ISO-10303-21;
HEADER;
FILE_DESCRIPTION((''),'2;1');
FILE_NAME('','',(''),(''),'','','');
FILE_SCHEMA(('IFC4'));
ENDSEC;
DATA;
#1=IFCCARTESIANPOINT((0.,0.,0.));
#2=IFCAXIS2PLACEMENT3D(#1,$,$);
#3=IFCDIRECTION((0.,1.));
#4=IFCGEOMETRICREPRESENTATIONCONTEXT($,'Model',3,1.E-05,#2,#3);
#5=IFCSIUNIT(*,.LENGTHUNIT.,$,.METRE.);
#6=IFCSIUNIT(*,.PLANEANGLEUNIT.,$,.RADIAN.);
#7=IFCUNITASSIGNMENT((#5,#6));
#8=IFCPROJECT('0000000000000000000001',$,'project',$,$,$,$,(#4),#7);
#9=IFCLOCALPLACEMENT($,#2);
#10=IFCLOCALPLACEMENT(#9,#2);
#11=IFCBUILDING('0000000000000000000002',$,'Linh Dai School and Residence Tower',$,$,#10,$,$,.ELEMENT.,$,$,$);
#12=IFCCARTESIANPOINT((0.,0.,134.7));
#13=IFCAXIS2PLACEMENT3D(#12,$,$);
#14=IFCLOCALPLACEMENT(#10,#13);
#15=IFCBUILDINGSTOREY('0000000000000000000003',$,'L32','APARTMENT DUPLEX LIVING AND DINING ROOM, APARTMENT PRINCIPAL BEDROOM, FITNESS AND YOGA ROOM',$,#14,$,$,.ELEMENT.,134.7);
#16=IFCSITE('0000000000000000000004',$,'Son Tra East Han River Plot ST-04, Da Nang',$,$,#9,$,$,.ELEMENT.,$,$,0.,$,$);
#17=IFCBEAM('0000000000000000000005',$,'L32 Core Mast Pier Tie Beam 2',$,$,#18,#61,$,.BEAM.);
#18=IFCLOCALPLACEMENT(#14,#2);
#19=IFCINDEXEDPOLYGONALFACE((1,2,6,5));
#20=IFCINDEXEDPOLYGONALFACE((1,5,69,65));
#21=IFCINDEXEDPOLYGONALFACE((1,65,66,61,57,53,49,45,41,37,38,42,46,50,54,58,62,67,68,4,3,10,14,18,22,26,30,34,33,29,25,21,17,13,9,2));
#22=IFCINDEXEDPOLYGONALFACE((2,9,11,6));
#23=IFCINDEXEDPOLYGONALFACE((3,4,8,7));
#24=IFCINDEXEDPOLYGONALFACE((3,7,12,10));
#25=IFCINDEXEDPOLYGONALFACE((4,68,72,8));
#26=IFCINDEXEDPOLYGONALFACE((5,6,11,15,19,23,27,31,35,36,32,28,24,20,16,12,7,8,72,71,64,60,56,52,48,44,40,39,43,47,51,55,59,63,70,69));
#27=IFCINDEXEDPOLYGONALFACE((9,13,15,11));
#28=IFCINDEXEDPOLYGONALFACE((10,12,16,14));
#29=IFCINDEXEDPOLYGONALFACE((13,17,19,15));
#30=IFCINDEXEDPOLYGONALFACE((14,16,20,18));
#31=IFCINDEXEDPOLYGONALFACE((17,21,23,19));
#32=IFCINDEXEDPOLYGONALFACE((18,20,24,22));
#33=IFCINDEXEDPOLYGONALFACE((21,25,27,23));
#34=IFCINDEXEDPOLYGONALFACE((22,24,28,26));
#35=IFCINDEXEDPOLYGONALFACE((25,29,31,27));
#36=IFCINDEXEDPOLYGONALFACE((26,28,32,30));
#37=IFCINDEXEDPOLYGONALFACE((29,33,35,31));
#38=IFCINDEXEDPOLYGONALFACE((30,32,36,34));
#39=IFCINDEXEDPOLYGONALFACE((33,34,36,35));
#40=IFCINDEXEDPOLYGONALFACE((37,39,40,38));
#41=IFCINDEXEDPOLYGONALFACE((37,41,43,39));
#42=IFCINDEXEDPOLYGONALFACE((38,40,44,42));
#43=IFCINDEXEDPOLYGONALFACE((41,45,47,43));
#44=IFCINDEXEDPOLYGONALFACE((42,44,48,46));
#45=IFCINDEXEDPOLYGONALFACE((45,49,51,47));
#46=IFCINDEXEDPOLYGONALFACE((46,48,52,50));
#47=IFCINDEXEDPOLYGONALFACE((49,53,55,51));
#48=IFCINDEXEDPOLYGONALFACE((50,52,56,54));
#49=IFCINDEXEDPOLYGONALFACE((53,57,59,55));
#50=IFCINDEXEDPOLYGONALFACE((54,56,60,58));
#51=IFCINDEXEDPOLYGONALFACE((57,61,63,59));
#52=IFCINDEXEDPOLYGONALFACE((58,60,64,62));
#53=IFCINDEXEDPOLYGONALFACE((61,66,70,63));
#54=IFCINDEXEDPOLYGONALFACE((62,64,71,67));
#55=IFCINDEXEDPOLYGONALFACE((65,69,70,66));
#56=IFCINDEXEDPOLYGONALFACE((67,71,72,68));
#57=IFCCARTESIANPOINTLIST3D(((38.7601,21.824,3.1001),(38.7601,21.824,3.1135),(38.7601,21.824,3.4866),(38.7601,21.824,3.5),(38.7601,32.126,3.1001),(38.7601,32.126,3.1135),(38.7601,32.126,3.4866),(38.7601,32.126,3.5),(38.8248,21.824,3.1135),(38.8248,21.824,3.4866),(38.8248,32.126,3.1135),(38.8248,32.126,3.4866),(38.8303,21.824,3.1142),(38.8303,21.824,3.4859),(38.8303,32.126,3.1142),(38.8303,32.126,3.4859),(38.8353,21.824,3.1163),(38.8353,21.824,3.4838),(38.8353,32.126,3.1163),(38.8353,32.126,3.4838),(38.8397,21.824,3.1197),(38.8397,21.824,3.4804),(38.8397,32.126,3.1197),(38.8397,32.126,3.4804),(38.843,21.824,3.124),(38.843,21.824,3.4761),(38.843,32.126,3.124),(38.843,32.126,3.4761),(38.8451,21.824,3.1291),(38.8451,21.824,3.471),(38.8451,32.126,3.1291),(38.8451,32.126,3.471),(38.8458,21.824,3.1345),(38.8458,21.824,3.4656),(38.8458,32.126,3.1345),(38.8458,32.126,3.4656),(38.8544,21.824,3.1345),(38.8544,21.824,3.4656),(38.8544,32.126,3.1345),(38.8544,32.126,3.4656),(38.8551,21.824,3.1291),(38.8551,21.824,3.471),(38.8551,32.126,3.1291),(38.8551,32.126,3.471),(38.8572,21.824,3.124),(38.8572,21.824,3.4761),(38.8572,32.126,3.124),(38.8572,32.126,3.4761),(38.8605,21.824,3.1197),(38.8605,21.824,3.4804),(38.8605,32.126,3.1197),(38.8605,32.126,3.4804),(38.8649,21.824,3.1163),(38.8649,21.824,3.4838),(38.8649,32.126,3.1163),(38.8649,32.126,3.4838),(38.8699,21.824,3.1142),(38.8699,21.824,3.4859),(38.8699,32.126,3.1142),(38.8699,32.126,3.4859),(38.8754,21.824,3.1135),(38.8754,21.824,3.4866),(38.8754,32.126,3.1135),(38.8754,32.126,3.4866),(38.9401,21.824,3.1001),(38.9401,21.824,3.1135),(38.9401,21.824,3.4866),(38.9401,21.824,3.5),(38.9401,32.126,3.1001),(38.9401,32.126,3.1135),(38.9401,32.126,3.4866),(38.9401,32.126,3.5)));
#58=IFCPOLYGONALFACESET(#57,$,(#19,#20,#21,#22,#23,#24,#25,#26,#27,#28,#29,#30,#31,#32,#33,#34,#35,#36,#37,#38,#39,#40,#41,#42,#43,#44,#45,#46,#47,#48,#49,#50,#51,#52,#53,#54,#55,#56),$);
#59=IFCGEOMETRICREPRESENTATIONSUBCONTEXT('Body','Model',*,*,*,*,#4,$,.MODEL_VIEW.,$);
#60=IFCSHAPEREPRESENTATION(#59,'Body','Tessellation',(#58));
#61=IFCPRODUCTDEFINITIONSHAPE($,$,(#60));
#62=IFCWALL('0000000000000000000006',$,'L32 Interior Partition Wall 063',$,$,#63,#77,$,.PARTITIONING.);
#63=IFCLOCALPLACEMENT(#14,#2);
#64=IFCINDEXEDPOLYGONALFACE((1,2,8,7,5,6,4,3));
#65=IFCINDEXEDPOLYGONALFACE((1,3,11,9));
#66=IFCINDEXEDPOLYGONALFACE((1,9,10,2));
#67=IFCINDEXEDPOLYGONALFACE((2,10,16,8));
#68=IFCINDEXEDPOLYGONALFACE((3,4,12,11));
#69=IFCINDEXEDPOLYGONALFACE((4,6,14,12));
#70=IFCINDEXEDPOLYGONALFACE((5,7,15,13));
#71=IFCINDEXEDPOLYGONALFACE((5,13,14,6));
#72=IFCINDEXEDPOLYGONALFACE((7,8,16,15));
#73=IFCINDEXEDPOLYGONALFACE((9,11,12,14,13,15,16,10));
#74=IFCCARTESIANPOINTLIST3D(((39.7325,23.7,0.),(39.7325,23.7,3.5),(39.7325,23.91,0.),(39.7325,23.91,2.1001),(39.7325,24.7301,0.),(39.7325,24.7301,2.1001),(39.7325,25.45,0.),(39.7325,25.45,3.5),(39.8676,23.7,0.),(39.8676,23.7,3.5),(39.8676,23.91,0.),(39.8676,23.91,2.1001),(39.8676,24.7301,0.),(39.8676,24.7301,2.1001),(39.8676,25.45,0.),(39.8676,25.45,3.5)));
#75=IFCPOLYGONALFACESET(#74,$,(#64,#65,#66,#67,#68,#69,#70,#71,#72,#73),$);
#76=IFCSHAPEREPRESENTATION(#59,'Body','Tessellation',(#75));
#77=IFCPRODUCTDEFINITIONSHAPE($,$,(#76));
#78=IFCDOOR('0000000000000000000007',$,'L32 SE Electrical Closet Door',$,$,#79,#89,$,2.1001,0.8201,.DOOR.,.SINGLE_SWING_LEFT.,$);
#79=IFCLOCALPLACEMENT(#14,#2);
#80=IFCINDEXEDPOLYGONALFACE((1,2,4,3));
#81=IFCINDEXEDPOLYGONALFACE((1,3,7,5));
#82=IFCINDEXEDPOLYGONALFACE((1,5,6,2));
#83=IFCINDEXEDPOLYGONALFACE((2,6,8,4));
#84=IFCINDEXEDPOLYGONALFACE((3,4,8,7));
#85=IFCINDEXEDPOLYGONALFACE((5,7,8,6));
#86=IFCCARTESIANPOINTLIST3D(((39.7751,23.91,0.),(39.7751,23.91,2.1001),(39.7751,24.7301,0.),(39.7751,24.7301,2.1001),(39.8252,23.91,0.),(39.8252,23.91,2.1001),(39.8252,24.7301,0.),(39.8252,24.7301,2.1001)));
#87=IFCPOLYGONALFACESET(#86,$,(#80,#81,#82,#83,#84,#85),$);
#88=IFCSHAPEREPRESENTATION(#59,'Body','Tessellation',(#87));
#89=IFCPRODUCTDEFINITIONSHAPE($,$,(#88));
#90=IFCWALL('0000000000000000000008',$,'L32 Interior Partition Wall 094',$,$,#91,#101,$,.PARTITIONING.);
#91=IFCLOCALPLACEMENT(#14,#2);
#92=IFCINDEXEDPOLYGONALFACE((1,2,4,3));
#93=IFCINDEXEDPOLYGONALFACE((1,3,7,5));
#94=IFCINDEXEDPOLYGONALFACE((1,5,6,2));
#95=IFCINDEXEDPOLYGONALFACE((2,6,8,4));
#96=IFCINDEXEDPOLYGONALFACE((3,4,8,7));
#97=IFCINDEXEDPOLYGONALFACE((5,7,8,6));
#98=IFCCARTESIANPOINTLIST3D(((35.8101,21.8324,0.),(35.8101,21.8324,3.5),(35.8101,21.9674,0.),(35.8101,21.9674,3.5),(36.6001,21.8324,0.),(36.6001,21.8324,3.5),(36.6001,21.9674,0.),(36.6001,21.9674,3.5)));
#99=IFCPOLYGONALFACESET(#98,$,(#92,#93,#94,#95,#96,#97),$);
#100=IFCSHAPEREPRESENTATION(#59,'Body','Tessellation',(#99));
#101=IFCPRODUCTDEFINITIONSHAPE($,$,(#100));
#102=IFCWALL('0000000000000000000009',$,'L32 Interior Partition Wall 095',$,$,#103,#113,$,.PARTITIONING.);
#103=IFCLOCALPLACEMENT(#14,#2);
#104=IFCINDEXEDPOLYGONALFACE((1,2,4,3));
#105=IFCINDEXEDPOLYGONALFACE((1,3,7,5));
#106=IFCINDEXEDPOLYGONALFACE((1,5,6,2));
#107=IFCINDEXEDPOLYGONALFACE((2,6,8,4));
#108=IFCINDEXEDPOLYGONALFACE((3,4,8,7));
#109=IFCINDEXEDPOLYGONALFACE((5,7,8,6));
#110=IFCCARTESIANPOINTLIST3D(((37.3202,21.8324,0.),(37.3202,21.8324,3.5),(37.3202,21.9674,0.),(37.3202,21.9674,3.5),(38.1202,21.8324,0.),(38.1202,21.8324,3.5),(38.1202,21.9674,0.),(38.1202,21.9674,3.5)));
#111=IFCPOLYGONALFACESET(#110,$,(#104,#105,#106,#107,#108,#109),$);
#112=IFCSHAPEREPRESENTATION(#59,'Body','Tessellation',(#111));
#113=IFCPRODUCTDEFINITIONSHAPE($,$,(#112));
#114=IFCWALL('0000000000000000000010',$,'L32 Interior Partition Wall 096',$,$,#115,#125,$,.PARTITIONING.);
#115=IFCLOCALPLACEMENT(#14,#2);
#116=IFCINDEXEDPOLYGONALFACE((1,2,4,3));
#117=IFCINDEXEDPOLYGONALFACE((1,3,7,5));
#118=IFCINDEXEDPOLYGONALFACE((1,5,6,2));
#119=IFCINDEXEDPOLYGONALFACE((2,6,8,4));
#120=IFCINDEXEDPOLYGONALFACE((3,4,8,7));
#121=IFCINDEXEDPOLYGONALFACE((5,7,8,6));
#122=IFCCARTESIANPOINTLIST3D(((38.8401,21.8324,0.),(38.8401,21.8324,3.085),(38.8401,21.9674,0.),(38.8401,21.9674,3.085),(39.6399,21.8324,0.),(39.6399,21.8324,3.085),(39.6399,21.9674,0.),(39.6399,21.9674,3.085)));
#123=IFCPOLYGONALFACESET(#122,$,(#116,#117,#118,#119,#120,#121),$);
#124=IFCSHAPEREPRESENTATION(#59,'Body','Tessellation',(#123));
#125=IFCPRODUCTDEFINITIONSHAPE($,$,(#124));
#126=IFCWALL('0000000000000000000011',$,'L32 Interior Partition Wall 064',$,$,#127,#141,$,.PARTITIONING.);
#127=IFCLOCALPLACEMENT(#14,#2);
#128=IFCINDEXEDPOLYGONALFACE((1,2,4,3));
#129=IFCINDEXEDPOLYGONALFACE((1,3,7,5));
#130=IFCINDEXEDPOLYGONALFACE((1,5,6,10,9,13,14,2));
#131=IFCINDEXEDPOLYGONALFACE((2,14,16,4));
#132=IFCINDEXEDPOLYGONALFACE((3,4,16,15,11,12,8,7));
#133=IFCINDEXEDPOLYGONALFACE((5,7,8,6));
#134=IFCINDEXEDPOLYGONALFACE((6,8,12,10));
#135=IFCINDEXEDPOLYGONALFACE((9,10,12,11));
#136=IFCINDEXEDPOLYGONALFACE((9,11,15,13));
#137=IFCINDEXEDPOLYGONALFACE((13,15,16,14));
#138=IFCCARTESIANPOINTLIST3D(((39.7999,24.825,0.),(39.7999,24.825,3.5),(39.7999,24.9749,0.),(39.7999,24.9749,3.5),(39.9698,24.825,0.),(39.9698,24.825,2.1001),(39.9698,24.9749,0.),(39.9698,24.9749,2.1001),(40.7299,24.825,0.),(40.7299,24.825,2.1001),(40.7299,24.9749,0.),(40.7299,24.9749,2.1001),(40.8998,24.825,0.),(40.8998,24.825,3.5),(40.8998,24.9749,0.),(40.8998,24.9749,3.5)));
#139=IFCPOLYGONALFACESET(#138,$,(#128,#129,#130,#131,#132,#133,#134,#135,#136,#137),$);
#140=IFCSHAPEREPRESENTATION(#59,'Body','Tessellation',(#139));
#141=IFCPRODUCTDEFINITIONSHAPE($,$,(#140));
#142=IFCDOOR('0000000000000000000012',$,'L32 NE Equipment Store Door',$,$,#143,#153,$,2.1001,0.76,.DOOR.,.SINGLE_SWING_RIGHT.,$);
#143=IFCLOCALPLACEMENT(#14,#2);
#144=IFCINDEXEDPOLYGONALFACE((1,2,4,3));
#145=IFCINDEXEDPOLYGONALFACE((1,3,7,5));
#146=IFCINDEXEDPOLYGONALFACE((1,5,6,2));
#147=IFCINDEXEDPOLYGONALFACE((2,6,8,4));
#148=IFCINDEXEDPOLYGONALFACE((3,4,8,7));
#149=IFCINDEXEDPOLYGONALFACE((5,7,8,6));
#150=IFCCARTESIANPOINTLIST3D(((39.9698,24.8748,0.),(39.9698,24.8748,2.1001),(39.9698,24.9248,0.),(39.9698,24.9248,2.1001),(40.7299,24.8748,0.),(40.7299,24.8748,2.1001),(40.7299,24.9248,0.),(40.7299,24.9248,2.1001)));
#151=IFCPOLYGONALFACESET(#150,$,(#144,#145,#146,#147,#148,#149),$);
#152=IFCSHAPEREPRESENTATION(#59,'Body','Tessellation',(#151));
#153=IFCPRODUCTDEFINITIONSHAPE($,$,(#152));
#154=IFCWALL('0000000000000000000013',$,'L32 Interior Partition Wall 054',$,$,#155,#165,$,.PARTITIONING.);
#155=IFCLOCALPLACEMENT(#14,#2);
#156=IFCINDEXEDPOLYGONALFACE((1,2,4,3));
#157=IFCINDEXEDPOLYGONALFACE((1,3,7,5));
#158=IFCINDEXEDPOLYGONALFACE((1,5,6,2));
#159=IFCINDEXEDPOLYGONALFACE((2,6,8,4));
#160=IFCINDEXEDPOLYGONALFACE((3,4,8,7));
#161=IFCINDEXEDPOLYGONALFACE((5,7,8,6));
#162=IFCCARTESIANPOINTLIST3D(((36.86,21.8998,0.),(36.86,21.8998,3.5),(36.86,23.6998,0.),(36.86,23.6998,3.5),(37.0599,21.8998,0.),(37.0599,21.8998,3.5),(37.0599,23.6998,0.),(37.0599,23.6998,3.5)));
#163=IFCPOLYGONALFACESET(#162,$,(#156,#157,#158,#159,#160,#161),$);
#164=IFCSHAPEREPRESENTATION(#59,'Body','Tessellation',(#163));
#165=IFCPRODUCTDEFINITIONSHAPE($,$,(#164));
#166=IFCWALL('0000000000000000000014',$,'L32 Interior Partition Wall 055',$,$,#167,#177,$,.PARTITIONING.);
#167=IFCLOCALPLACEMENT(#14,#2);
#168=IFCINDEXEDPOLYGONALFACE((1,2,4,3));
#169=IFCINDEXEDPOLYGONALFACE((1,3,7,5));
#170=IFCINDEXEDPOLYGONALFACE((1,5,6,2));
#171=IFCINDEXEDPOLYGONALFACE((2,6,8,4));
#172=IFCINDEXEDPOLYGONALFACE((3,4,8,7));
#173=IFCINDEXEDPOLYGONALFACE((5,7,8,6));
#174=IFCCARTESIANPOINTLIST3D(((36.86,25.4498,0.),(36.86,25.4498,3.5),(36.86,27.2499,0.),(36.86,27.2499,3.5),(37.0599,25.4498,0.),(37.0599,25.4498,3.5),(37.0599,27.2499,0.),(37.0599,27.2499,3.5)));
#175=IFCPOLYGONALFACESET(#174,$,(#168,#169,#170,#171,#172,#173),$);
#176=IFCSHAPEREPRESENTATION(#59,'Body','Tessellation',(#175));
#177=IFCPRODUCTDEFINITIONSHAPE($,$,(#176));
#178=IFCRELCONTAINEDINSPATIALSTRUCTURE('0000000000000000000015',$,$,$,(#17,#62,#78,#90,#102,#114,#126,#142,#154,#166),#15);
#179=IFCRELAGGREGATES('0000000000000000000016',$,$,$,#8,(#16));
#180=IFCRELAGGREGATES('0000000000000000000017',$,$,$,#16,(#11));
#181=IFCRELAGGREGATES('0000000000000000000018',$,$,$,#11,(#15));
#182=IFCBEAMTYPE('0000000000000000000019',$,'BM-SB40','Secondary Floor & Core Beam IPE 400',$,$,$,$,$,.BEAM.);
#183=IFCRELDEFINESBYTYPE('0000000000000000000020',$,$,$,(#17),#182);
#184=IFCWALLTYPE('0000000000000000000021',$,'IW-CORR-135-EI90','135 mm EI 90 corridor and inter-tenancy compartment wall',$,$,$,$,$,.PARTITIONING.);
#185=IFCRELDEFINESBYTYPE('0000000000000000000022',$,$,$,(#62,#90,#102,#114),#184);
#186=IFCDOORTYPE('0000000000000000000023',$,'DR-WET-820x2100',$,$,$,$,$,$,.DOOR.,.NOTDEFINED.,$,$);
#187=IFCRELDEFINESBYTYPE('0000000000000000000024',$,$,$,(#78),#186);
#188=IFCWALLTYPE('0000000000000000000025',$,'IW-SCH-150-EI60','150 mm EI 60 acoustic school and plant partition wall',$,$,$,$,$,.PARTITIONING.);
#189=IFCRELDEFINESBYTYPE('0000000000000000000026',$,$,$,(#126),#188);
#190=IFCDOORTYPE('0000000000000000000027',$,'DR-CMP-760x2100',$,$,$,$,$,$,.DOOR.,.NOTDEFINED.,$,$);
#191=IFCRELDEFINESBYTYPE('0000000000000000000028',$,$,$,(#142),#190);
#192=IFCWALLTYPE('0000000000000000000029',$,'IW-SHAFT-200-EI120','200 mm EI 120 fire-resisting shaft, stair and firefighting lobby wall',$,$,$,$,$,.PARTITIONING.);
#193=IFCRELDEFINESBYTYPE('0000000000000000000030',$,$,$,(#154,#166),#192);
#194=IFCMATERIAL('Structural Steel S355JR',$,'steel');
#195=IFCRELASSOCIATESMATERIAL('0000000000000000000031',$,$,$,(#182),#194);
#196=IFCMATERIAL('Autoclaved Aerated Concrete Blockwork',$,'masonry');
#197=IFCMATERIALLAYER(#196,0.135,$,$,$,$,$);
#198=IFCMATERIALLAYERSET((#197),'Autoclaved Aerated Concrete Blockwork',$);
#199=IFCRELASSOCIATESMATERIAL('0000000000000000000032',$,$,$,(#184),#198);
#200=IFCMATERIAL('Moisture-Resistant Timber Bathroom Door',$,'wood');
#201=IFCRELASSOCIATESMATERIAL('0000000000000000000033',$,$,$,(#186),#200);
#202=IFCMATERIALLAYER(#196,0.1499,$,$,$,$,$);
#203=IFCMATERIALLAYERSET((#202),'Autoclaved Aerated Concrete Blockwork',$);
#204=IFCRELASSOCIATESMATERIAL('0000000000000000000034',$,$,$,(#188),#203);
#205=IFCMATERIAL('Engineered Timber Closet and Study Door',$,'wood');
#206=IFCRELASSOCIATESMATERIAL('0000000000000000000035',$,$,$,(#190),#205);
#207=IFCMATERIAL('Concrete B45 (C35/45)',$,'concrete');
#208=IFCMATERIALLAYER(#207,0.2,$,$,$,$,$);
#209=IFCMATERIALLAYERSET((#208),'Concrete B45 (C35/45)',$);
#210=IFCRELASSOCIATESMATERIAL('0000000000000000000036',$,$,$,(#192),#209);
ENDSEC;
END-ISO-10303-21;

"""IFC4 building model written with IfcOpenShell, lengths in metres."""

from ifc_helpers import new_model, si_unit, direction, frame, frame_2d, origin, origin_2d, place, context, subcontext, project, spatial, rectangle, i_section, extrude, source, transform, mapped, material, layer, layer_set, material_profile, profile_set, type_object, element, fill, save


model = new_model("IFC4")

# Units and contexts
model_context = context("Model", 3, precision=1e-05, world=origin(), true_north=direction((0.0, 1.0)))
body_context = subcontext(model_context, "Body", "Model", "MODEL_VIEW")
ifc_project = project(units=[si_unit("LENGTHUNIT", "METRE"), si_unit("PLANEANGLEUNIT", "RADIAN")], contexts=[model_context])

# Site, building, storey
site_placement = place(None, origin())
site = spatial("IfcSite", under=ifc_project, at=site_placement, Name="Son Tra East Han River Plot ST-04, Da Nang", CompositionType="ELEMENT", RefElevation=0.0)
building_placement = place(site_placement, origin())
building = spatial("IfcBuilding", under=site, at=building_placement, Name="Linh Dai School and Residence Tower", CompositionType="ELEMENT")
storey_placement = place(building_placement, frame((0.0, 0.0, 134.7)))
storey = spatial("IfcBuildingStorey", under=building, at=storey_placement, Name="L32", Description="APARTMENT DUPLEX LIVING AND DINING ROOM, APARTMENT PRINCIPAL BEDROOM, FITNESS AND YOGA ROOM", CompositionType="ELEMENT", Elevation=134.7)

# Shared definitions
ifc_material_1 = material(Name="Structural Steel S355JR", Category="steel")

# Beam
ifc_material_profile_1 = material_profile(ifc_material_1, i_section(OverallWidth=0.1799, OverallDepth=0.3999, WebThickness=0.0085, FlangeThickness=0.0134, FilletRadius=0.021, at=origin_2d()), Name="IPE 400")
ifc_profile_set_1 = profile_set([ifc_material_profile_1], Name="Structural Steel S355JR")
beam_type = type_object("IfcBeamType", Name="BM-SB40", Description="Secondary Floor & Core Beam IPE 400", PredefinedType="BEAM", material=ifc_profile_set_1)
beam_placement = place(storey_placement, frame((38.8501, 21.824, 3.3), z_axis=(0.0, 1.0, 0.0), x_axis=(-1.0, 0.0, 0.0)))
element("IfcBeam", 1, at=beam_placement, inside=storey, type_object=beam_type, Name="L32 Core Mast Pier Tie Beam 2", PredefinedType="BEAM", context=body_context, shape_type="SweptSolid", body=[
    extrude(i_section(OverallWidth=0.1799, OverallDepth=0.3999, WebThickness=0.0085, FlangeThickness=0.0134, FilletRadius=0.021, at=origin_2d()), origin(), (0.0, 0.0, 1.0), 10.302),
])

# Wall, opening, door
ifc_material_2 = material(Name="Autoclaved Aerated Concrete Blockwork", Category="masonry")
ifc_layer_1 = layer(ifc_material_2, 0.135)
ifc_layer_set_1 = layer_set([ifc_layer_1], Name="Autoclaved Aerated Concrete Blockwork")
wall_type_1 = type_object("IfcWallType", Name="IW-CORR-135-EI90", Description="135 mm EI 90 corridor and inter-tenancy compartment wall", PredefinedType="PARTITIONING", material=ifc_layer_set_1)
wall_1_placement = place(storey_placement, frame((39.8, 23.7, 0.0), z_axis=(0.0, 0.0, 1.0), x_axis=(0.0, 1.0, 0.0)))
wall_1 = element("IfcWall", 2, at=wall_1_placement, inside=storey, type_object=wall_type_1, Name="L32 Interior Partition Wall 063", PredefinedType="PARTITIONING", context=body_context, shape_type="SweptSolid", body=[
    extrude(rectangle(XDim=1.75, YDim=0.135, at=frame_2d((0.875, 0.0))), origin(), (0.0, 0.0, 1.0), 3.5),
])
opening_1_placement = place(wall_1_placement, frame((0.21, 0.0, 0.0)))
opening_1 = element("IfcOpeningElement", 3, at=opening_1_placement, cuts=wall_1, PredefinedType="OPENING", context=body_context, shape_type="SweptSolid", body=[
    extrude(rectangle(XDim=0.8201, YDim=2.1001, at=origin_2d()), frame((0.4102, 0.0776, 1.05), z_axis=(0.0, -1.0, 0.0), x_axis=(1.0, 0.0, 0.0)), (0.0, 0.0, 1.0), 0.155),
])
ifc_material_3 = material(Name="Moisture-Resistant Timber Bathroom Door", Category="wood")
door_type_1 = type_object("IfcDoorType", Name="DR-WET-820x2100", OperationType="NOTDEFINED", PredefinedType="DOOR", material=ifc_material_3)
shared_shape_1 = source(origin(), body_context, "Body", "SweptSolid", [
    extrude(rectangle(XDim=0.8201, YDim=2.1001, at=origin_2d()), frame((0.4102, 0.0249, 1.05), z_axis=(0.0, -1.0, 0.0), x_axis=(1.0, 0.0, 0.0)), (0.0, 0.0, 1.0), 0.05),
])
door_1_placement = place(opening_1_placement, origin())
door_1 = element("IfcDoor", 4, at=door_1_placement, inside=storey, type_object=door_type_1, Name="L32 SE Electrical Closet Door", OperationType="SINGLE_SWING_LEFT", OverallHeight=2.1001, OverallWidth=0.8201, PredefinedType="DOOR", context=body_context, shape_type="MappedRepresentation", body=[
    mapped(shared_shape_1, transform((0.0, 0.0, 0.0), x_axis=(1.0, 0.0, 0.0), y_axis=(0.0, 1.0, 0.0), z_axis=(0.0, 0.0, 1.0), scale=1.0)),
])
fill(opening_1, door_1)

# Walls
wall_2_placement = place(storey_placement, frame((36.6001, 21.8999, 0.0), z_axis=(0.0, 0.0, 1.0), x_axis=(-1.0, 0.0, 0.0)))
element("IfcWall", 5, at=wall_2_placement, inside=storey, type_object=wall_type_1, Name="L32 Interior Partition Wall 094", PredefinedType="PARTITIONING", context=body_context, shape_type="SweptSolid", body=[
    extrude(rectangle(XDim=0.79, YDim=0.135, at=frame_2d((0.395, 0.0))), origin(), (0.0, 0.0, 1.0), 3.5),
])
wall_3_placement = place(storey_placement, frame((38.1201, 21.8999, 0.0), z_axis=(0.0, 0.0, 1.0), x_axis=(-1.0, 0.0, 0.0)))
element("IfcWall", 6, at=wall_3_placement, inside=storey, type_object=wall_type_1, Name="L32 Interior Partition Wall 095", PredefinedType="PARTITIONING", context=body_context, shape_type="SweptSolid", body=[
    extrude(rectangle(XDim=0.8, YDim=0.135, at=frame_2d((0.3999, 0.0))), origin(), (0.0, 0.0, 1.0), 3.5),
])
wall_4_placement = place(storey_placement, frame((39.6399, 21.8999, 0.0), z_axis=(0.0, 0.0, 1.0), x_axis=(-1.0, 0.0, 0.0)))
element("IfcWall", 7, at=wall_4_placement, inside=storey, type_object=wall_type_1, Name="L32 Interior Partition Wall 096", PredefinedType="PARTITIONING", context=body_context, shape_type="SweptSolid", body=[
    extrude(rectangle(XDim=0.7998, YDim=0.135, at=frame_2d((0.3999, 0.0))), origin(), (0.0, 0.0, 1.0), 3.085),
])

# Wall, opening, door
ifc_layer_2 = layer(ifc_material_2, 0.1499)
ifc_layer_set_2 = layer_set([ifc_layer_2], Name="Autoclaved Aerated Concrete Blockwork")
wall_type_2 = type_object("IfcWallType", Name="IW-SCH-150-EI60", Description="150 mm EI 60 acoustic school and plant partition wall", PredefinedType="PARTITIONING", material=ifc_layer_set_2)
wall_5_placement = place(storey_placement, frame((39.8, 24.8999, 0.0), z_axis=(0.0, 0.0, 1.0), x_axis=(1.0, 0.0, 0.0)))
wall_5 = element("IfcWall", 8, at=wall_5_placement, inside=storey, type_object=wall_type_2, Name="L32 Interior Partition Wall 064", PredefinedType="PARTITIONING", context=body_context, shape_type="SweptSolid", body=[
    extrude(rectangle(XDim=1.0999, YDim=0.1499, at=frame_2d((0.5498, 0.0))), origin(), (0.0, 0.0, 1.0), 3.5),
])
opening_2_placement = place(wall_5_placement, frame((0.1699, 0.0, 0.0)))
opening_2 = element("IfcOpeningElement", 9, at=opening_2_placement, cuts=wall_5, PredefinedType="OPENING", context=body_context, shape_type="SweptSolid", body=[
    extrude(rectangle(XDim=0.76, YDim=2.1001, at=origin_2d()), frame((0.3799, 0.085, 1.05), z_axis=(0.0, -1.0, 0.0), x_axis=(1.0, 0.0, 0.0)), (0.0, 0.0, 1.0), 0.1699),
])
ifc_material_4 = material(Name="Engineered Timber Closet and Study Door", Category="wood")
door_type_2 = type_object("IfcDoorType", Name="DR-CMP-760x2100", OperationType="NOTDEFINED", PredefinedType="DOOR", material=ifc_material_4)
shared_shape_2 = source(origin(), body_context, "Body", "SweptSolid", [
    extrude(rectangle(XDim=0.76, YDim=2.1001, at=origin_2d()), frame((0.3799, 0.0249, 1.05), z_axis=(0.0, -1.0, 0.0), x_axis=(1.0, 0.0, 0.0)), (0.0, 0.0, 1.0), 0.05),
])
door_2_placement = place(opening_2_placement, origin())
door_2 = element("IfcDoor", 10, at=door_2_placement, inside=storey, type_object=door_type_2, Name="L32 NE Equipment Store Door", OperationType="SINGLE_SWING_RIGHT", OverallHeight=2.1001, OverallWidth=0.76, PredefinedType="DOOR", context=body_context, shape_type="MappedRepresentation", body=[
    mapped(shared_shape_2, transform((0.0, 0.0, 0.0), x_axis=(1.0, 0.0, 0.0), y_axis=(0.0, 1.0, 0.0), z_axis=(0.0, 0.0, 1.0), scale=1.0)),
])
fill(opening_2, door_2)

# Walls
ifc_material_5 = material(Name="Concrete B45 (C35/45)", Category="concrete")
ifc_layer_3 = layer(ifc_material_5, 0.2)
ifc_layer_set_3 = layer_set([ifc_layer_3], Name="Concrete B45 (C35/45)")
wall_type_3 = type_object("IfcWallType", Name="IW-SHAFT-200-EI120", Description="200 mm EI 120 fire-resisting shaft, stair and firefighting lobby wall", PredefinedType="PARTITIONING", material=ifc_layer_set_3)
for number, where, z_axis, x_axis, name in (
    (11, (36.96, 21.8999, 0.0), (0.0, 0.0, 1.0), (0.0, 1.0, 0.0), "L32 Interior Partition Wall 054"),
    (12, (36.96, 25.45, 0.0), (0.0, 0.0, 1.0), (0.0, 1.0, 0.0), "L32 Interior Partition Wall 055"),
):
    element("IfcWall", number, at=place(storey_placement, frame(where, z_axis=z_axis, x_axis=x_axis)), inside=storey, type_object=wall_type_3, Name=name, PredefinedType="PARTITIONING", context=body_context, shape_type="SweptSolid", body=[
        extrude(rectangle(XDim=1.8, YDim=0.2, at=frame_2d((0.8999, 0.0))), origin(), (0.0, 0.0, 1.0), 3.5),
    ])

save(model, "model.ifc")
